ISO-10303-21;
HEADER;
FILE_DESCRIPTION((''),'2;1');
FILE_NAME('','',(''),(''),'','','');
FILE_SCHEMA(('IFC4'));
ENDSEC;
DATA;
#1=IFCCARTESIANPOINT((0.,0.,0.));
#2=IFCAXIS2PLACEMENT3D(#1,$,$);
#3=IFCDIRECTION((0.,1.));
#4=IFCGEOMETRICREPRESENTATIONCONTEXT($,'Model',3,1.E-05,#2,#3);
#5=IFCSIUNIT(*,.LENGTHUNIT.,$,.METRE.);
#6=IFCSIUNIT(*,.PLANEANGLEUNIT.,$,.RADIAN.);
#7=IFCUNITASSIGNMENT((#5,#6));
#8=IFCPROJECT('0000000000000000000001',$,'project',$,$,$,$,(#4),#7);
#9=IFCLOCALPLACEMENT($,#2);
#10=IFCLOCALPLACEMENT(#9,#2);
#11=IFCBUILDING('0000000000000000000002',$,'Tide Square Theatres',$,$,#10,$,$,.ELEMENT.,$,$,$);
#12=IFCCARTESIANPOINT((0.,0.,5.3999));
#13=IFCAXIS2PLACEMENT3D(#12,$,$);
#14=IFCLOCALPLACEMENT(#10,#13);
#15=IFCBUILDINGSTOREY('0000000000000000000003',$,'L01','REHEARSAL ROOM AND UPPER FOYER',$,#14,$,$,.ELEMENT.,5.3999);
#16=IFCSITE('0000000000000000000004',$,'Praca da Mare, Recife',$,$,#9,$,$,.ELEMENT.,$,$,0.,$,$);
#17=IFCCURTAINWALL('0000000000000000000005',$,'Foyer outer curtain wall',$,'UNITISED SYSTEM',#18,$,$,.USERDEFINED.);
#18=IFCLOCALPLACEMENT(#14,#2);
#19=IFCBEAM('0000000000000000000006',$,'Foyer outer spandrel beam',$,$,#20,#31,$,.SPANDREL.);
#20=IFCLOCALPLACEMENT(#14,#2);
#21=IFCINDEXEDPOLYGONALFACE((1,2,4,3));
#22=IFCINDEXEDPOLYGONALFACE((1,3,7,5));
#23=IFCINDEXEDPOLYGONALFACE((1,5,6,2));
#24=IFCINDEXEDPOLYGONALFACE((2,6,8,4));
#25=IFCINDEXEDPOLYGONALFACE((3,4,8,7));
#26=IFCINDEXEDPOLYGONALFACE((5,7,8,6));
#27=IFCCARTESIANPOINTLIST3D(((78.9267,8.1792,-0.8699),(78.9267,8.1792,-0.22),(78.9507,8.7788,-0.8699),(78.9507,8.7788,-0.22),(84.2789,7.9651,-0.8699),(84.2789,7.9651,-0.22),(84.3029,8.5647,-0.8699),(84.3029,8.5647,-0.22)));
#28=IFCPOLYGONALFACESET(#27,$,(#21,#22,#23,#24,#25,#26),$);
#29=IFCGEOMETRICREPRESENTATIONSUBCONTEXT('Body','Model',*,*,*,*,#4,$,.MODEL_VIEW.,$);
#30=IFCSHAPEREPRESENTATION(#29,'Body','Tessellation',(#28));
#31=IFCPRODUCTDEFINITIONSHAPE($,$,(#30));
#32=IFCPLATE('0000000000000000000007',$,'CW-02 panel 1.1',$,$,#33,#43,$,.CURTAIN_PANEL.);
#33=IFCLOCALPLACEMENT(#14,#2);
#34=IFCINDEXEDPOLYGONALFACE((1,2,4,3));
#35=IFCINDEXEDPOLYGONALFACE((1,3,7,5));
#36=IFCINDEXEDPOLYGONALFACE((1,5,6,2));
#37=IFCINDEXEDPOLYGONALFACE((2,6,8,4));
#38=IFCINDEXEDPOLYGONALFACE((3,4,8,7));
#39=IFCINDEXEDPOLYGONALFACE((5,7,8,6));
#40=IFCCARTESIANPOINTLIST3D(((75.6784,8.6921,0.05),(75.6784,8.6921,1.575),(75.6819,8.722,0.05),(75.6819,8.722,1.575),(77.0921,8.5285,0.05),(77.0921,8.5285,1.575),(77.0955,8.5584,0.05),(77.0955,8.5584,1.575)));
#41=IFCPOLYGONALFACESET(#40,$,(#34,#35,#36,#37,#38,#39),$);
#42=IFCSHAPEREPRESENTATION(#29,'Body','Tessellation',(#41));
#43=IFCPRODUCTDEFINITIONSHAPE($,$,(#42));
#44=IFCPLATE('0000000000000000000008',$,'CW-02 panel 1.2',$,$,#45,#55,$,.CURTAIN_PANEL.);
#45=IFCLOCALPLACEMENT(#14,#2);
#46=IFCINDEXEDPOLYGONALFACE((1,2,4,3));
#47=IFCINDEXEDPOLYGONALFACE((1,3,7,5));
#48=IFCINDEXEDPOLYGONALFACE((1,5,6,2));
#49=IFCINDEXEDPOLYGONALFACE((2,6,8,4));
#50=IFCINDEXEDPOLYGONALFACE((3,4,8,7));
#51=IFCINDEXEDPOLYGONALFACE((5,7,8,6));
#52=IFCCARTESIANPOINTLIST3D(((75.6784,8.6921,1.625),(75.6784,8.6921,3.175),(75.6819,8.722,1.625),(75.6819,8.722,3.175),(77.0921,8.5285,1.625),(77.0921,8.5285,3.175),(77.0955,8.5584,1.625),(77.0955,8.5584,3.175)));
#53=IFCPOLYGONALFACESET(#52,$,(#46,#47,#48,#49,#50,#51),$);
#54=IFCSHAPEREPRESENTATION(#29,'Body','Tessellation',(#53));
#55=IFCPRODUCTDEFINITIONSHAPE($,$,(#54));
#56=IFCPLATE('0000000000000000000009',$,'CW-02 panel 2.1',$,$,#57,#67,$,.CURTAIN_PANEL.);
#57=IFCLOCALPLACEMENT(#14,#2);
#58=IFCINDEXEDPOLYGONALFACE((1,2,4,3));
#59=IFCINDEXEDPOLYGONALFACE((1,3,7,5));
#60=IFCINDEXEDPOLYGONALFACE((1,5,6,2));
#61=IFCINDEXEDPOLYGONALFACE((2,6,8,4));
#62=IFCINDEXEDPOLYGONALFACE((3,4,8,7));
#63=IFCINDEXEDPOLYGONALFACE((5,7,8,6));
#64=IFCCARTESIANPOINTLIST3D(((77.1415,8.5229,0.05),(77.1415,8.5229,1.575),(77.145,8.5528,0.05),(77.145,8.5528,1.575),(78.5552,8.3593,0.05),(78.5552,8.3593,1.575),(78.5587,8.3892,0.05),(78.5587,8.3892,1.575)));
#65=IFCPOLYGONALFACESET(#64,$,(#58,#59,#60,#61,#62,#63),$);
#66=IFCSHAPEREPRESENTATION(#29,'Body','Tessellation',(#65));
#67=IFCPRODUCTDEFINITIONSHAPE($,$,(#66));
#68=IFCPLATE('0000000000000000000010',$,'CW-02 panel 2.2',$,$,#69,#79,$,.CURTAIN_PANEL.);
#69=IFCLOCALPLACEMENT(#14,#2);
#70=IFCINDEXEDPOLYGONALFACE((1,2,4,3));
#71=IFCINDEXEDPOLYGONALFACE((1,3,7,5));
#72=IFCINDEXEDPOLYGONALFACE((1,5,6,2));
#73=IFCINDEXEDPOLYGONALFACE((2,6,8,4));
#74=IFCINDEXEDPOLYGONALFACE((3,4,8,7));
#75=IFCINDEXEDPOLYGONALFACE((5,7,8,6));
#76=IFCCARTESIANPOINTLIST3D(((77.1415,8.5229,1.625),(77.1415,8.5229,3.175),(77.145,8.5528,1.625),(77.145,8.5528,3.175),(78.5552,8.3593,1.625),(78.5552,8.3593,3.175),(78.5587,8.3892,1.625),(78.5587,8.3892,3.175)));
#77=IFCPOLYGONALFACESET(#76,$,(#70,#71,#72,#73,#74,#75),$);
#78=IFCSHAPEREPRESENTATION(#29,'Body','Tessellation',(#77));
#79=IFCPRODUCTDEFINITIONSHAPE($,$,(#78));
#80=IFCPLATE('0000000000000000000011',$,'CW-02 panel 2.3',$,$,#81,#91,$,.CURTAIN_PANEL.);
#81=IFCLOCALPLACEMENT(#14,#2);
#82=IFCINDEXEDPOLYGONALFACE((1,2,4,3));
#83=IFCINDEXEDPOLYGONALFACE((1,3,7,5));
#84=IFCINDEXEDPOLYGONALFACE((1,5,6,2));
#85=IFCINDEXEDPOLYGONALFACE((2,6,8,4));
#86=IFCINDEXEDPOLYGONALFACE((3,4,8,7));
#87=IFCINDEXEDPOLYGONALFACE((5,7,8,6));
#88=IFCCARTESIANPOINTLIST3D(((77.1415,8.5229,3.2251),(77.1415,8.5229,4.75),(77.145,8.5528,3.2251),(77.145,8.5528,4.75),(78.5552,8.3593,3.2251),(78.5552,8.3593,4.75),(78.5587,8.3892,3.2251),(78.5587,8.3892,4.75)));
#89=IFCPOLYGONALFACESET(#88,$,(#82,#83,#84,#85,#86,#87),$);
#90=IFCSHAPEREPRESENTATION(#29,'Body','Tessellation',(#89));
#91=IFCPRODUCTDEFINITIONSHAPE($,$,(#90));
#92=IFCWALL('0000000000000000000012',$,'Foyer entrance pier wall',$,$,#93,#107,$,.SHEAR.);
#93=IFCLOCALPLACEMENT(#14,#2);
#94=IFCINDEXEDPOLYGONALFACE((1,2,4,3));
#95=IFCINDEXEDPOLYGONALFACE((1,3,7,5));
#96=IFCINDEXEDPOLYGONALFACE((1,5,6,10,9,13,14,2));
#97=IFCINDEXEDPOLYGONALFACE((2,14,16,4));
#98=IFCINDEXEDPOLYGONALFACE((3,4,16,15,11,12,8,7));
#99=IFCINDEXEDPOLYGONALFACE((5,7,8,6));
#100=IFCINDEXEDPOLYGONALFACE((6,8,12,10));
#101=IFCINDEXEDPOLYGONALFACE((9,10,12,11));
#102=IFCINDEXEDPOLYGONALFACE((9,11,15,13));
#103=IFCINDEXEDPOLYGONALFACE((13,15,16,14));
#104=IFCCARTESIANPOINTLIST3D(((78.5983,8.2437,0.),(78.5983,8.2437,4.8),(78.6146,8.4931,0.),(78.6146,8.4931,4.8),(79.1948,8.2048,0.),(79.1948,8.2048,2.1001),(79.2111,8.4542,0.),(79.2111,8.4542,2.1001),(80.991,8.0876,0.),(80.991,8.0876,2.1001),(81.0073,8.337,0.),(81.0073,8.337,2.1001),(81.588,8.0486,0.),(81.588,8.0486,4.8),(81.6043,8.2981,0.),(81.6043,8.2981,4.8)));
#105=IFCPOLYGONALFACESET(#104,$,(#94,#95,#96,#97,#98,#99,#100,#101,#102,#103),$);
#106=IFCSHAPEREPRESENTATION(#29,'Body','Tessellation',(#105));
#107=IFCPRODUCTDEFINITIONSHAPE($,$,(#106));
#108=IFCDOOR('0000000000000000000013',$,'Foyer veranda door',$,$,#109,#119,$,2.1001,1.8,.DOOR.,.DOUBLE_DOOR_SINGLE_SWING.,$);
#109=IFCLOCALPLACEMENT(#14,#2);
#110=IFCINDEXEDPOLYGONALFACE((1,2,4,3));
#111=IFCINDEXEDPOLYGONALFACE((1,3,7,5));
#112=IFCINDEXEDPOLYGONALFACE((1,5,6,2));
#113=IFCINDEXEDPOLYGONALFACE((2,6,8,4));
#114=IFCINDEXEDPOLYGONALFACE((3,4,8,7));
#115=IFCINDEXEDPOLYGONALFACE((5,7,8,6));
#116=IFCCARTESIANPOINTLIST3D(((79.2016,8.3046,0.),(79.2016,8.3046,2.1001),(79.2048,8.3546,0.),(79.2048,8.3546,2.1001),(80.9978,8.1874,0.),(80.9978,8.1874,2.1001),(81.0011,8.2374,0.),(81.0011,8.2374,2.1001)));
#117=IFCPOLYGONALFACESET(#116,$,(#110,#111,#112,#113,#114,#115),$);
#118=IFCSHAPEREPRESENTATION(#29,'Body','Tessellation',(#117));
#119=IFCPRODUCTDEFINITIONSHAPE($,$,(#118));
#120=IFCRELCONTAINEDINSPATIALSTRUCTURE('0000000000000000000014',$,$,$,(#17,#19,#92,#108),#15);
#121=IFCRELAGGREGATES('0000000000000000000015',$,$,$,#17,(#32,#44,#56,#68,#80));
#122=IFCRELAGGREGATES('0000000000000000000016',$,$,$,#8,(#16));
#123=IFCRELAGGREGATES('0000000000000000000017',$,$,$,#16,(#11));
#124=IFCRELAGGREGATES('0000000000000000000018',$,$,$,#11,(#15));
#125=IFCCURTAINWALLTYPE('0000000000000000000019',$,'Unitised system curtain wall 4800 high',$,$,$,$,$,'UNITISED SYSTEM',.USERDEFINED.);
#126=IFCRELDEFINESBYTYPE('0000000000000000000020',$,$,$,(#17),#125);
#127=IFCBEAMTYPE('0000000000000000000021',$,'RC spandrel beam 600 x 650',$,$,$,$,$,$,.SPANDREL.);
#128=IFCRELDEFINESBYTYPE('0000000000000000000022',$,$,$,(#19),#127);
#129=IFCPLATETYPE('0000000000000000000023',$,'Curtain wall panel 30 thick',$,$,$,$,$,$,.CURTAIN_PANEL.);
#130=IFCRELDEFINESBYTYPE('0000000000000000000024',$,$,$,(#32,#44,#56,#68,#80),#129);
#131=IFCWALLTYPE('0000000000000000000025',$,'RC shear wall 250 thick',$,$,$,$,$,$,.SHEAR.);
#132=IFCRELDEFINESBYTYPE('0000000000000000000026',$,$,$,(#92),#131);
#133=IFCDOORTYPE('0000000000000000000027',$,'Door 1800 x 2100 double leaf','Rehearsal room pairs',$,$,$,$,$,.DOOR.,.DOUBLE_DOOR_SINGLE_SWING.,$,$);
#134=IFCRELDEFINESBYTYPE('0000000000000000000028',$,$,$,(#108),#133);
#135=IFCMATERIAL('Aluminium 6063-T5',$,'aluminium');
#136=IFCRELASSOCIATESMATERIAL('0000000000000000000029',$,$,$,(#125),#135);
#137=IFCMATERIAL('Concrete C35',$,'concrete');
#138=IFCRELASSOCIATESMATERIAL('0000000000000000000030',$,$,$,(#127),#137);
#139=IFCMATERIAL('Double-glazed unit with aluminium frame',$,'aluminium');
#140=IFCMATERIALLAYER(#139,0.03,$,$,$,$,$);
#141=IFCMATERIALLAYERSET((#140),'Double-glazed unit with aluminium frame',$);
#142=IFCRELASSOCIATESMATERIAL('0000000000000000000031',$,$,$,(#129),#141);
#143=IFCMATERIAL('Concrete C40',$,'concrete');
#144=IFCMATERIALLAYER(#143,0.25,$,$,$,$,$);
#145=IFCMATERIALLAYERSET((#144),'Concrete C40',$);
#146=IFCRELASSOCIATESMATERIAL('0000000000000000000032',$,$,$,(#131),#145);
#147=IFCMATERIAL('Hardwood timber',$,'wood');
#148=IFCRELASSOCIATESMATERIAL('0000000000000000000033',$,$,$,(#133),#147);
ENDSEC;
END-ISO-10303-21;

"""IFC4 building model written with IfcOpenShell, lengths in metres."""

from ifc_helpers import new_model, si_unit, direction, frame, frame_2d, origin, origin_2d, place, context, subcontext, project, spatial, rectangle, extrude, material, layer, layer_set, material_profile, profile_set, type_object, element, fill, aggregate, save


model = new_model("IFC4")

# Units and contexts
model_context = context("Model", 3, precision=1e-05, world=origin(), true_north=direction((0.0, 1.0)))
body_context = subcontext(model_context, "Body", "Model", "MODEL_VIEW")
ifc_project = project(units=[si_unit("LENGTHUNIT", "METRE"), si_unit("PLANEANGLEUNIT", "RADIAN")], contexts=[model_context])

# Site, building, storey
site_placement = place(None, origin())
site = spatial("IfcSite", under=ifc_project, at=site_placement, Name="Praca da Mare, Recife", CompositionType="ELEMENT", RefElevation=0.0)
building_placement = place(site_placement, origin())
building = spatial("IfcBuilding", under=site, at=building_placement, Name="Tide Square Theatres", CompositionType="ELEMENT")
storey_placement = place(building_placement, frame((0.0, 0.0, 5.3999)))
storey = spatial("IfcBuildingStorey", under=building, at=storey_placement, Name="L01", Description="REHEARSAL ROOM AND UPPER FOYER", CompositionType="ELEMENT", Elevation=5.3999)

# Curtain wall
ifc_material_1 = material(Name="Aluminium 6063-T5", Category="aluminium")
curtain_wall_type = type_object("IfcCurtainWallType", Name="Unitised system curtain wall 4800 high", ElementType="UNITISED SYSTEM", PredefinedType="USERDEFINED", material=ifc_material_1)
curtain_wall_placement = place(storey_placement, origin())
curtain_wall = element("IfcCurtainWall", 1, at=curtain_wall_placement, inside=storey, type_object=curtain_wall_type, Name="Foyer outer curtain wall", ObjectType="UNITISED SYSTEM", PredefinedType="USERDEFINED")

# Beam
ifc_material_2 = material(Name="Concrete C35", Category="concrete")
ifc_material_profile_1 = material_profile(ifc_material_2, rectangle(XDim=0.6001, YDim=0.6499, at=origin_2d()))
ifc_profile_set_1 = profile_set([ifc_material_profile_1], Name="Concrete C35")
beam_type_1 = type_object("IfcBeamType", Name="RC spandrel beam 600 x 650", PredefinedType="SPANDREL", material=ifc_profile_set_1)
beam_1_placement = place(storey_placement, frame((78.9387, 8.479, -0.5449), z_axis=(0.999201, -0.039973, 0.0), x_axis=(0.039973, 0.999201, 0.0)))
element("IfcBeam", 2, at=beam_1_placement, inside=storey, type_object=beam_type_1, Name="Foyer outer spandrel beam", PredefinedType="SPANDREL", context=body_context, shape_type="SweptSolid", body=[
    extrude(rectangle(XDim=0.6001, YDim=0.6499, at=origin_2d()), origin(), (0.0, 0.0, 1.0), 5.3564),
])

# Plates
ifc_material_3 = material(Name="Double-glazed unit with aluminium frame", Category="aluminium")
ifc_layer_1 = layer(ifc_material_3, 0.03)
ifc_layer_set_1 = layer_set([ifc_layer_1], Name="Double-glazed unit with aluminium frame")
plate_type = type_object("IfcPlateType", Name="Curtain wall panel 30 thick", PredefinedType="CURTAIN_PANEL", material=ifc_layer_set_1)
plate_1_placement = place(storey_placement, frame((76.387, 8.6252, 0.05), z_axis=(0.0, 0.0, 1.0), x_axis=(0.993371, -0.114955, 0.0)))
plate_1 = element("IfcPlate", 3, at=plate_1_placement, type_object=plate_type, Name="CW-02 panel 1.1", PredefinedType="CURTAIN_PANEL", context=body_context, shape_type="SweptSolid", body=[
    extrude(rectangle(XDim=1.4231, YDim=0.03, at=origin_2d()), origin(), (0.0, 0.0, 1.0), 1.5249),
])
plate_2_placement = place(storey_placement, frame((76.387, 8.6252, 1.625), z_axis=(0.0, 0.0, 1.0), x_axis=(0.993371, -0.114955, 0.0)))
plate_2 = element("IfcPlate", 4, at=plate_2_placement, type_object=plate_type, Name="CW-02 panel 1.2", PredefinedType="CURTAIN_PANEL", context=body_context, shape_type="SweptSolid", body=[
    extrude(rectangle(XDim=1.4231, YDim=0.03, at=origin_2d()), origin(), (0.0, 0.0, 1.0), 1.55),
])
plate_3_placement = place(storey_placement, frame((77.8501, 8.4561, 0.05), z_axis=(0.0, 0.0, 1.0), x_axis=(0.993371, -0.114955, 0.0)))
plate_3 = element("IfcPlate", 5, at=plate_3_placement, type_object=plate_type, Name="CW-02 panel 2.1", PredefinedType="CURTAIN_PANEL", context=body_context, shape_type="SweptSolid", body=[
    extrude(rectangle(XDim=1.4231, YDim=0.03, at=origin_2d()), origin(), (0.0, 0.0, 1.0), 1.5249),
])
plate_4_placement = place(storey_placement, frame((77.8501, 8.4561, 1.625), z_axis=(0.0, 0.0, 1.0), x_axis=(0.993371, -0.114955, 0.0)))
plate_4 = element("IfcPlate", 6, at=plate_4_placement, type_object=plate_type, Name="CW-02 panel 2.2", PredefinedType="CURTAIN_PANEL", context=body_context, shape_type="SweptSolid", body=[
    extrude(rectangle(XDim=1.4231, YDim=0.03, at=origin_2d()), origin(), (0.0, 0.0, 1.0), 1.55),
])
plate_5_placement = place(storey_placement, frame((77.8501, 8.4561, 3.2251), z_axis=(0.0, 0.0, 1.0), x_axis=(0.993371, -0.114955, 0.0)))
plate_5 = element("IfcPlate", 7, at=plate_5_placement, type_object=plate_type, Name="CW-02 panel 2.3", PredefinedType="CURTAIN_PANEL", context=body_context, shape_type="SweptSolid", body=[
    extrude(rectangle(XDim=1.4231, YDim=0.03, at=origin_2d()), origin(), (0.0, 0.0, 1.0), 1.5249),
])
aggregate(curtain_wall, [plate_1, plate_2, plate_3, plate_4, plate_5])

# Wall, opening, door
ifc_material_4 = material(Name="Concrete C40", Category="concrete")
ifc_layer_2 = layer(ifc_material_4, 0.25)
ifc_layer_set_2 = layer_set([ifc_layer_2], Name="Concrete C40")
wall_type = type_object("IfcWallType", Name="RC shear wall 250 thick", PredefinedType="SHEAR", material=ifc_layer_set_2)
wall_placement = place(storey_placement, frame((78.6064, 8.3684, 0.0), z_axis=(0.0, 0.0, 1.0), x_axis=(0.997878, -0.065107, 0.0)))
wall = element("IfcWall", 8, at=wall_placement, inside=storey, type_object=wall_type, Name="Foyer entrance pier wall", PredefinedType="SHEAR", context=body_context, shape_type="SweptSolid", body=[
    extrude(rectangle(XDim=2.9961, YDim=0.25, at=frame_2d((1.498, 0.0))), origin(), (0.0, 0.0, 1.0), 4.8),
])
opening_placement = place(wall_placement, frame((0.5979, 0.0, 0.0)))
opening = element("IfcOpeningElement", 9, at=opening_placement, cuts=wall, PredefinedType="OPENING", context=body_context, shape_type="SweptSolid", body=[
    extrude(rectangle(XDim=1.8, YDim=2.1001, at=frame_2d((0.8999, 1.05))), frame((0.0, 0.135, 0.0), z_axis=(0.0, -1.0, 0.0), x_axis=(1.0, 0.0, 0.0)), (0.0, 0.0, 1.0), 0.27),
])
ifc_material_5 = material(Name="Hardwood timber", Category="wood")
door_type = type_object("IfcDoorType", Name="Door 1800 x 2100 double leaf", Description="Rehearsal room pairs", OperationType="DOUBLE_DOOR_SINGLE_SWING", PredefinedType="DOOR", material=ifc_material_5)
door_placement = place(opening_placement, frame((1.8, 0.0, 0.0), z_axis=(0.0, 0.0, 1.0), x_axis=(-1.0, 0.0, 0.0)))
door = element("IfcDoor", 10, at=door_placement, inside=storey, type_object=door_type, Name="Foyer veranda door", OperationType="DOUBLE_DOOR_SINGLE_SWING", OverallHeight=2.1001, OverallWidth=1.8, PredefinedType="DOOR", context=body_context, shape_type="SweptSolid", body=[
    extrude(rectangle(XDim=1.8, YDim=2.1001, at=frame_2d((0.8999, 1.05))), frame((0.0, 0.0249, 0.0), z_axis=(0.0, -1.0, 0.0), x_axis=(1.0, 0.0, 0.0)), (0.0, 0.0, 1.0), 0.05),
])
fill(opening, door)

save(model, "model.ifc")
